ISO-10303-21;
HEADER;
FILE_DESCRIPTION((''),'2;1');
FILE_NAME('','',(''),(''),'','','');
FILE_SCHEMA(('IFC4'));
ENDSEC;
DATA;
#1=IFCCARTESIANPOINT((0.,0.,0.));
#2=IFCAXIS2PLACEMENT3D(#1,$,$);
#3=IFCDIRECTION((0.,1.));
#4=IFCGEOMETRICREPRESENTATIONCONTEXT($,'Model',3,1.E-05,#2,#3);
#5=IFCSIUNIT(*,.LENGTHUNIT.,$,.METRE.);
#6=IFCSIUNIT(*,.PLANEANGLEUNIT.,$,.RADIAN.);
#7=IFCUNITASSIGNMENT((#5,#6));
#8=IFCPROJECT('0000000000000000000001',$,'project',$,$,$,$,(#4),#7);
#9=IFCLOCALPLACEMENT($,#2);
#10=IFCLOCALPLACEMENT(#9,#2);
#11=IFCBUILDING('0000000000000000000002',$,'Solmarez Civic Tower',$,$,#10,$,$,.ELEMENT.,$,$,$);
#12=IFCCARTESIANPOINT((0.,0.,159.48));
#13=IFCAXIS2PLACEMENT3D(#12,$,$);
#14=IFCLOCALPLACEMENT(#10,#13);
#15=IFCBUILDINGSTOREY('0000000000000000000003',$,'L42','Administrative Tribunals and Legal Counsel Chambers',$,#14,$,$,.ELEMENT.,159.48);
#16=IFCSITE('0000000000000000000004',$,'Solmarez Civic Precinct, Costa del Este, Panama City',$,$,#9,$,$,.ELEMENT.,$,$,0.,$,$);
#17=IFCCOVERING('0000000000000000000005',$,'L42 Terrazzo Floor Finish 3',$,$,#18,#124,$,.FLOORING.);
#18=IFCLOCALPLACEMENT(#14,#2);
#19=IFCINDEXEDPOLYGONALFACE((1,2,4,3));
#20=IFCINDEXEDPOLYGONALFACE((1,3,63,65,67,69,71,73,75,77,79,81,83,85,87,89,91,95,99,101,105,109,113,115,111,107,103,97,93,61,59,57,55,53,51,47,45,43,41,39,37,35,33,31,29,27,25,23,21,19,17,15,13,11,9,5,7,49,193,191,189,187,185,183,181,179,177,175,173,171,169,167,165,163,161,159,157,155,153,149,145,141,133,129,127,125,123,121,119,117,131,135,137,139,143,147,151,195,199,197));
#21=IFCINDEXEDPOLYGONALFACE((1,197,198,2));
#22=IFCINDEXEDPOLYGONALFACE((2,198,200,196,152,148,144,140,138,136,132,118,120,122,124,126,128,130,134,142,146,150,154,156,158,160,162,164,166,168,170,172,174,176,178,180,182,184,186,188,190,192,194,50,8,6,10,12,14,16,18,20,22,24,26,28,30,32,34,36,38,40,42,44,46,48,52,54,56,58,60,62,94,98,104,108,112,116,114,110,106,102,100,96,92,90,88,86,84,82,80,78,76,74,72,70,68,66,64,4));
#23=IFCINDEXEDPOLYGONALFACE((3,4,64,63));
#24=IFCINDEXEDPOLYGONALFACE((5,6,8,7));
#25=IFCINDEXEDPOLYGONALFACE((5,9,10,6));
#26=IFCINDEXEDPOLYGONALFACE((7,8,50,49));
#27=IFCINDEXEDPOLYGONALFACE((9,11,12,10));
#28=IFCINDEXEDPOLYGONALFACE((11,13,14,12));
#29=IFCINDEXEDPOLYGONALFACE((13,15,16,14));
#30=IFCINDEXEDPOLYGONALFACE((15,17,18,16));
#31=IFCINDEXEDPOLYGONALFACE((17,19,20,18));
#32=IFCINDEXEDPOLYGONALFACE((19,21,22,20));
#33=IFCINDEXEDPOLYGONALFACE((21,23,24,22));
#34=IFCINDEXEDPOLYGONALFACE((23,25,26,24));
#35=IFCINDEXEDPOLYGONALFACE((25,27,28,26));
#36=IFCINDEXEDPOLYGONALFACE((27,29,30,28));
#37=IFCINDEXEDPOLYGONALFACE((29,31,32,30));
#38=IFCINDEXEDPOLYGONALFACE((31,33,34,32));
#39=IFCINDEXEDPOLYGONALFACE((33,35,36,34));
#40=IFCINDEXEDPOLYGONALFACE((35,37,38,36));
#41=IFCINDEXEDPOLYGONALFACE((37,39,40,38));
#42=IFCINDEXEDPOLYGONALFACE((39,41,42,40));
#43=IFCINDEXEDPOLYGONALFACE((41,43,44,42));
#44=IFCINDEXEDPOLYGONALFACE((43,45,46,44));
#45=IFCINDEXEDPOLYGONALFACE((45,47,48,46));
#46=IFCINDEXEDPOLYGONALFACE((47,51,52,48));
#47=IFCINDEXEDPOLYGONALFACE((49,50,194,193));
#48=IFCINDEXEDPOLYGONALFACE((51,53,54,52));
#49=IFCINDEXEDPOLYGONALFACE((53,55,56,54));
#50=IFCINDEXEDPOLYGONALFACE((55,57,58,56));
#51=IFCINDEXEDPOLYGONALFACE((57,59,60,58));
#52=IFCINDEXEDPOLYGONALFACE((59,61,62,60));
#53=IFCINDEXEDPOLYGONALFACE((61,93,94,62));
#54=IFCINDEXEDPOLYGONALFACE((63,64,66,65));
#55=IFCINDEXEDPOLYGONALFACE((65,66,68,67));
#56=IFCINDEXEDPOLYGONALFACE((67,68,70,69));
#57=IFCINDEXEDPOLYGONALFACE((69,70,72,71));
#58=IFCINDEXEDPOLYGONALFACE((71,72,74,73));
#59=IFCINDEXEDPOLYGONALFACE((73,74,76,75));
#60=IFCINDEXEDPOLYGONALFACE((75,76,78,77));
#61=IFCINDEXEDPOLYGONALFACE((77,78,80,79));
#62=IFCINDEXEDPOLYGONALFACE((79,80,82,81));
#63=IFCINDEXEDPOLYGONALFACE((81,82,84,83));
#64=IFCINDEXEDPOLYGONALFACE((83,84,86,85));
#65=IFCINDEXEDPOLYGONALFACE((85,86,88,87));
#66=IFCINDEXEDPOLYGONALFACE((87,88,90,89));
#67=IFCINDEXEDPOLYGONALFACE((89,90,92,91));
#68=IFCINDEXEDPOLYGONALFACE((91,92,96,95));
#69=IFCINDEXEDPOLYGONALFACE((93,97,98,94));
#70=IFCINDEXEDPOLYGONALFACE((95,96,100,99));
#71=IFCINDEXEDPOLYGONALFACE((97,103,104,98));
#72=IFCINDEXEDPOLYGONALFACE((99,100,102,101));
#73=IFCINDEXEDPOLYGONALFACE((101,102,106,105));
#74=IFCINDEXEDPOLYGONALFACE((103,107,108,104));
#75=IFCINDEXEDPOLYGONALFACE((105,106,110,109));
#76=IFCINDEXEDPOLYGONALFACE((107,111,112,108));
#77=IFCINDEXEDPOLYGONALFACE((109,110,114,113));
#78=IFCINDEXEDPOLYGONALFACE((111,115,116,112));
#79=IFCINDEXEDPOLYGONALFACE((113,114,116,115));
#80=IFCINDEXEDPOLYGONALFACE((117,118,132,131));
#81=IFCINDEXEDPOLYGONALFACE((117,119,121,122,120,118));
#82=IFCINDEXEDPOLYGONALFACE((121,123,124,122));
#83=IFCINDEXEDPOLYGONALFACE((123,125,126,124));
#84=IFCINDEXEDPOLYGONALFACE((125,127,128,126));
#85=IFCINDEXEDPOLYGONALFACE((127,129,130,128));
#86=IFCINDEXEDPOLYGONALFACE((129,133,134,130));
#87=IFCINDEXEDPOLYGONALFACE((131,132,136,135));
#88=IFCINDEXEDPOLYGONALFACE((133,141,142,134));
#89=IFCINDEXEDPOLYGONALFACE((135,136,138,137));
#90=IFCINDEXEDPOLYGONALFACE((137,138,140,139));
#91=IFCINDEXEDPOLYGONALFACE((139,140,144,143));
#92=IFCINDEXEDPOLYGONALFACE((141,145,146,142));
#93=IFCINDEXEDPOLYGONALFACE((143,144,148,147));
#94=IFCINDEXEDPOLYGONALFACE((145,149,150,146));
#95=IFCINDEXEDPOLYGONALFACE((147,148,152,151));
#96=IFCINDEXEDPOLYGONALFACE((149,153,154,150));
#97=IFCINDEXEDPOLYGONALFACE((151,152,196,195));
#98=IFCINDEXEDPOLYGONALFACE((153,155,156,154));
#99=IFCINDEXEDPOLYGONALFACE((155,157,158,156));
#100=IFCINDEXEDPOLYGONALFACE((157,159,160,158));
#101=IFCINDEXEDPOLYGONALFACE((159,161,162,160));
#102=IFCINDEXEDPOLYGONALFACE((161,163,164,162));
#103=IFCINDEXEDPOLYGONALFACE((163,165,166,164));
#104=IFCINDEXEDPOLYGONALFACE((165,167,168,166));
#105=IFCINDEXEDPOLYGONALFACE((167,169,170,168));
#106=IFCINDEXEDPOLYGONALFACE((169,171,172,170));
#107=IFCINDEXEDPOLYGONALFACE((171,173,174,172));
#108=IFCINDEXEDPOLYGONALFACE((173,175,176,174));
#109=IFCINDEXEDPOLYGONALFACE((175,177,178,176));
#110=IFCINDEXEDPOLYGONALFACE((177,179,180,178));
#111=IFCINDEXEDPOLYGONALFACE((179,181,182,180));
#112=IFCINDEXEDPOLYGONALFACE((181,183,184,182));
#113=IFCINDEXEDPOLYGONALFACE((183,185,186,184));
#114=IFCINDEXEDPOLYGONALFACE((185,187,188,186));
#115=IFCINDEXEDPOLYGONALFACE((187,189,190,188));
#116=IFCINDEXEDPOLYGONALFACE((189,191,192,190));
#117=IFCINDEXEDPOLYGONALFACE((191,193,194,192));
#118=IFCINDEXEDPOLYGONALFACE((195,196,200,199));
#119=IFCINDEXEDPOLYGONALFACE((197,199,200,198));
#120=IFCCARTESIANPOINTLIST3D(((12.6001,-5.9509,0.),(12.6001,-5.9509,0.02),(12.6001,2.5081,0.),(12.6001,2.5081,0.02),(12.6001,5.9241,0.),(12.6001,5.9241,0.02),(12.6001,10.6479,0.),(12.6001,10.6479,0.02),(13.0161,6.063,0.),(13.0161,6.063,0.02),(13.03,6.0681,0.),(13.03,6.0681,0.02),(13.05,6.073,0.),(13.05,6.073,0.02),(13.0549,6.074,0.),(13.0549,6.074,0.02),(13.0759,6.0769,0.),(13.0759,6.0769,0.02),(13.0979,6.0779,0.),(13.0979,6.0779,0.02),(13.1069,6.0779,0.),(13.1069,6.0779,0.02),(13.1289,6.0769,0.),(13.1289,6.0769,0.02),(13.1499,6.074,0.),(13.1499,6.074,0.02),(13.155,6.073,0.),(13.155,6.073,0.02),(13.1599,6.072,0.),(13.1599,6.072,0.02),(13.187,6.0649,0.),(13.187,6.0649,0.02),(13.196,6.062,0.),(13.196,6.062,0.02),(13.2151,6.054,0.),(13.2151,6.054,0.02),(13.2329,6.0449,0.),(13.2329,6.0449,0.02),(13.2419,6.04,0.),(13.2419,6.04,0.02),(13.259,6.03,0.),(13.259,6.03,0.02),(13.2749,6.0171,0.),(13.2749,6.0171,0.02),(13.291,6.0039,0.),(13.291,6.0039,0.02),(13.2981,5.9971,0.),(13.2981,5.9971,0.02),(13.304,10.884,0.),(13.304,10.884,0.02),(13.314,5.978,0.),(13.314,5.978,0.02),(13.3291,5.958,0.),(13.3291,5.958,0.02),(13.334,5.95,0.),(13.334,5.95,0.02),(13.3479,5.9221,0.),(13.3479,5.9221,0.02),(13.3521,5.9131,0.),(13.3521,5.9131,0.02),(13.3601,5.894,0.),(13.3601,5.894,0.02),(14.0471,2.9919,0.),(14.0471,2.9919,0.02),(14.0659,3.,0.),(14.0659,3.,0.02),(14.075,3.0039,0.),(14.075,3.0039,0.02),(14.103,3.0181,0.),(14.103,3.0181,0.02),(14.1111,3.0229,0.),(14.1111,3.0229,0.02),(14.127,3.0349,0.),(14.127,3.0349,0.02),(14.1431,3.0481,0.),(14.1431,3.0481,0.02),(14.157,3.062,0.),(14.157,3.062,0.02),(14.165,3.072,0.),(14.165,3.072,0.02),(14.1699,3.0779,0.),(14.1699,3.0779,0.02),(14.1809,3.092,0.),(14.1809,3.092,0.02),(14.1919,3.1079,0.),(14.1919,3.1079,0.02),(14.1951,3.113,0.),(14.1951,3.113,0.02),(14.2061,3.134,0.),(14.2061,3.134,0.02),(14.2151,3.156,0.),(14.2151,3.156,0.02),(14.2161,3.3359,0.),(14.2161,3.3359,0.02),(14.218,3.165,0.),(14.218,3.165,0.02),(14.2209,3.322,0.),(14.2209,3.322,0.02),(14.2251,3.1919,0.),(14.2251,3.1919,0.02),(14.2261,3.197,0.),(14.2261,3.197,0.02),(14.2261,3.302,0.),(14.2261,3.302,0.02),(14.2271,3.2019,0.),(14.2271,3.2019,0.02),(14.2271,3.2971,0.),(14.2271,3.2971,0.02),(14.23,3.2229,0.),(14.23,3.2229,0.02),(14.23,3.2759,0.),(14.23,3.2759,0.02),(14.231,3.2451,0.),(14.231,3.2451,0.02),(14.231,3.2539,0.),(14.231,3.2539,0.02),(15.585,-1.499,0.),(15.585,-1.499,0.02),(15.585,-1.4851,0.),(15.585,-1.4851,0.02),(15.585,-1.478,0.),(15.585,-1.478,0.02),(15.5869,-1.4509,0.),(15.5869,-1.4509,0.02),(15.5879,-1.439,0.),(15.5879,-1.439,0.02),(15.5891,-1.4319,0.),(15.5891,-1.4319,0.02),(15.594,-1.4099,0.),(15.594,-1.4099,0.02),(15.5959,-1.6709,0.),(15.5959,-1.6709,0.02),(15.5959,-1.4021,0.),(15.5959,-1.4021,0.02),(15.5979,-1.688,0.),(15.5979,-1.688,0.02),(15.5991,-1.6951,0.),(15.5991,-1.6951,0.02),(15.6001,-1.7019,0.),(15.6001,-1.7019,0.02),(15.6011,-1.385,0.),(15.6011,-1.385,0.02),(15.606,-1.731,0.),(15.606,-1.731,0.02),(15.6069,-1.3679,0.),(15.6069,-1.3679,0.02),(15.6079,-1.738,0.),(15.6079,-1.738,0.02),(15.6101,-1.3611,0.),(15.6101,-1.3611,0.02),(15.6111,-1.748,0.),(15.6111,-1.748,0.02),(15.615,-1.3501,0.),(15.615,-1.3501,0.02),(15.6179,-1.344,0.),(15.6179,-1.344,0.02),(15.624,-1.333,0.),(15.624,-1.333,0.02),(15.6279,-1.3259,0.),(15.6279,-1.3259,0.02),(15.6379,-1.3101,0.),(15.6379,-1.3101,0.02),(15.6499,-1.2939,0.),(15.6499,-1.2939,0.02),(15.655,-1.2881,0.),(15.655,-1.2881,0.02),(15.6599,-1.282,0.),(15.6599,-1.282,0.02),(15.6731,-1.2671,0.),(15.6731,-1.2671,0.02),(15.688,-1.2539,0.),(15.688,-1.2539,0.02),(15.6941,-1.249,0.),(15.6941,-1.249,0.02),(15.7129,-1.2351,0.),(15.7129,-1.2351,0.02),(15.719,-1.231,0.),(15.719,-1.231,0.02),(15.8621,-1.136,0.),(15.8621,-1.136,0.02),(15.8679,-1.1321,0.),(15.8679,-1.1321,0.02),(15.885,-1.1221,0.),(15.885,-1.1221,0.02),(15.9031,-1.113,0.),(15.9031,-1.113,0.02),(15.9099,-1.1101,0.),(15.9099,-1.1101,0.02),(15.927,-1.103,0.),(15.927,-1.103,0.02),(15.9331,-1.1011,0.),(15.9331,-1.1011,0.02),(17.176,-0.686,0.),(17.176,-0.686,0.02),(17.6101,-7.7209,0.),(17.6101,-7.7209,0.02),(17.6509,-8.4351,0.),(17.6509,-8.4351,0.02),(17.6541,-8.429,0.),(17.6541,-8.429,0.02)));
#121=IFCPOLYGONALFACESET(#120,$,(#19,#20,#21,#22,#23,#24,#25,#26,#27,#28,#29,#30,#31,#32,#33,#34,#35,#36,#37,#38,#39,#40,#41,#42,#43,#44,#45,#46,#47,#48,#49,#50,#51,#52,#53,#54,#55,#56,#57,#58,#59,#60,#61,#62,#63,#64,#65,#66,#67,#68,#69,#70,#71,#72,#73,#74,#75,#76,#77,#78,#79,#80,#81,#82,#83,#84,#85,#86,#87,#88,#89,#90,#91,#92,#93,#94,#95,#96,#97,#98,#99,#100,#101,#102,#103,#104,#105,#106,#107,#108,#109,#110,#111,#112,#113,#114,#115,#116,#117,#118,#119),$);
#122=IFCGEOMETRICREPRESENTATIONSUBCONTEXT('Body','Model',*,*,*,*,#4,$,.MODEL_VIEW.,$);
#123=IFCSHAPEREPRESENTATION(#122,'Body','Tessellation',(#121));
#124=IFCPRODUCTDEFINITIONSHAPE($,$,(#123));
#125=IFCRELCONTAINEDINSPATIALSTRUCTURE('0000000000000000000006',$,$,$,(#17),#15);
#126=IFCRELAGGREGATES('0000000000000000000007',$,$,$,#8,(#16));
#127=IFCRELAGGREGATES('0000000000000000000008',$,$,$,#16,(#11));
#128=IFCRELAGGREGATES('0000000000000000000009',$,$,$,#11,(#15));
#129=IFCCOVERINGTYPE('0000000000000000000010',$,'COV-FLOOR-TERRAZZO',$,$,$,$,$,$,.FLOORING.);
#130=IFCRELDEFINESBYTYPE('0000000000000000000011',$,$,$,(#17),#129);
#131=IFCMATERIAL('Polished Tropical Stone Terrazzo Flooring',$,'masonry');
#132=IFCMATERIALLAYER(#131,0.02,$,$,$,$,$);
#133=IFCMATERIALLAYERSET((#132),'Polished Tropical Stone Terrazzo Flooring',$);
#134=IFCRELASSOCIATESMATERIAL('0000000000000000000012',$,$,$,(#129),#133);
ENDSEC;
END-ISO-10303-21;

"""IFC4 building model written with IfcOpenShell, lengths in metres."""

from ifc_helpers import new_model, si_unit, direction, frame, origin, place, context, subcontext, project, spatial, polyline, outline, extrude, material, layer, layer_set, type_object, element, save


model = new_model("IFC4")

# Units and contexts
model_context = context("Model", 3, precision=1e-05, world=origin(), true_north=direction((0.0, 1.0)))
body_context = subcontext(model_context, "Body", "Model", "MODEL_VIEW")
ifc_project = project(units=[si_unit("LENGTHUNIT", "METRE"), si_unit("PLANEANGLEUNIT", "RADIAN")], contexts=[model_context])

# Site, building, storey
site_placement = place(None, origin())
site = spatial("IfcSite", under=ifc_project, at=site_placement, Name="Solmarez Civic Precinct, Costa del Este, Panama City", CompositionType="ELEMENT", RefElevation=0.0)
building_placement = place(site_placement, origin())
building = spatial("IfcBuilding", under=site, at=building_placement, Name="Solmarez Civic Tower", CompositionType="ELEMENT")
storey_placement = place(building_placement, frame((0.0, 0.0, 159.48)))
storey = spatial("IfcBuildingStorey", under=building, at=storey_placement, Name="L42", Description="Administrative Tribunals and Legal Counsel Chambers", CompositionType="ELEMENT", Elevation=159.48)

# Covering
ifc_material_1 = material(Name="Polished Tropical Stone Terrazzo Flooring", Category="masonry")
ifc_layer_1 = layer(ifc_material_1, 0.02)
ifc_layer_set_1 = layer_set([ifc_layer_1], Name="Polished Tropical Stone Terrazzo Flooring")
covering_type_1 = type_object("IfcCoveringType", Name="COV-FLOOR-TERRAZZO", PredefinedType="FLOORING", material=ifc_layer_set_1)
covering_1_placement = place(storey_placement, origin())
element("IfcCovering", 1, at=covering_1_placement, inside=storey, type_object=covering_type_1, Name="L42 Terrazzo Floor Finish 3", PredefinedType="FLOORING", context=body_context, shape_type="SweptSolid", body=[
    extrude(outline(polyline([(12.6001, 10.6479), (12.6001, 5.9241), (13.0161, 6.063), (13.03, 6.0681), (13.05, 6.073), (13.0549, 6.074), (13.0759, 6.0769), (13.0979, 6.0779), (13.1069, 6.0779), (13.1289, 6.0769), (13.1499, 6.074), (13.155, 6.073), (13.1599, 6.072), (13.187, 6.0649), (13.196, 6.062), (13.2151, 6.054), (13.2329, 6.0449), (13.2419, 6.04), (13.259, 6.03), (13.2749, 6.0171), (13.291, 6.0039), (13.2981, 5.9971), (13.314, 5.978), (13.3291, 5.958), (13.334, 5.95), (13.3479, 5.9221), (13.3521, 5.9131), (13.3601, 5.894), (14.2161, 3.3359), (14.2209, 3.322), (14.2261, 3.302), (14.2271, 3.2971), (14.23, 3.2759), (14.231, 3.2539), (14.231, 3.2451), (14.23, 3.2229), (14.2271, 3.2019), (14.2261, 3.197), (14.2251, 3.1919), (14.218, 3.165), (14.2151, 3.156), (14.2061, 3.134), (14.1951, 3.113), (14.1919, 3.1079), (14.1809, 3.092), (14.1699, 3.0779), (14.165, 3.072), (14.157, 3.062), (14.1431, 3.0481), (14.127, 3.0349), (14.1111, 3.0229), (14.103, 3.0181), (14.075, 3.0039), (14.0659, 3.0), (14.0471, 2.9919), (12.6001, 2.5081), (12.6001, -5.9509), (17.6509, -8.4351), (17.6541, -8.429), (17.6101, -7.7209), (15.6111, -1.748), (15.6079, -1.738), (15.606, -1.731), (15.6001, -1.7019), (15.5991, -1.6951), (15.5979, -1.688), (15.5959, -1.6709), (15.585, -1.499), (15.585, -1.4851), (15.585, -1.478), (15.5869, -1.4509), (15.5879, -1.439), (15.5891, -1.4319), (15.594, -1.4099), (15.5959, -1.4021), (15.6011, -1.385), (15.6069, -1.3679), (15.6101, -1.3611), (15.615, -1.3501), (15.6179, -1.344), (15.624, -1.333), (15.6279, -1.3259), (15.6379, -1.3101), (15.6499, -1.2939), (15.655, -1.2881), (15.6599, -1.282), (15.6731, -1.2671), (15.688, -1.2539), (15.6941, -1.249), (15.7129, -1.2351), (15.719, -1.231), (15.8621, -1.136), (15.8679, -1.1321), (15.885, -1.1221), (15.9031, -1.113), (15.9099, -1.1101), (15.927, -1.103), (15.9331, -1.1011), (17.176, -0.686), (13.304, 10.884), (12.6001, 10.6479)])), origin(), (0.0, 0.0, 1.0), 0.02),
])

save(model, "model.ifc")
